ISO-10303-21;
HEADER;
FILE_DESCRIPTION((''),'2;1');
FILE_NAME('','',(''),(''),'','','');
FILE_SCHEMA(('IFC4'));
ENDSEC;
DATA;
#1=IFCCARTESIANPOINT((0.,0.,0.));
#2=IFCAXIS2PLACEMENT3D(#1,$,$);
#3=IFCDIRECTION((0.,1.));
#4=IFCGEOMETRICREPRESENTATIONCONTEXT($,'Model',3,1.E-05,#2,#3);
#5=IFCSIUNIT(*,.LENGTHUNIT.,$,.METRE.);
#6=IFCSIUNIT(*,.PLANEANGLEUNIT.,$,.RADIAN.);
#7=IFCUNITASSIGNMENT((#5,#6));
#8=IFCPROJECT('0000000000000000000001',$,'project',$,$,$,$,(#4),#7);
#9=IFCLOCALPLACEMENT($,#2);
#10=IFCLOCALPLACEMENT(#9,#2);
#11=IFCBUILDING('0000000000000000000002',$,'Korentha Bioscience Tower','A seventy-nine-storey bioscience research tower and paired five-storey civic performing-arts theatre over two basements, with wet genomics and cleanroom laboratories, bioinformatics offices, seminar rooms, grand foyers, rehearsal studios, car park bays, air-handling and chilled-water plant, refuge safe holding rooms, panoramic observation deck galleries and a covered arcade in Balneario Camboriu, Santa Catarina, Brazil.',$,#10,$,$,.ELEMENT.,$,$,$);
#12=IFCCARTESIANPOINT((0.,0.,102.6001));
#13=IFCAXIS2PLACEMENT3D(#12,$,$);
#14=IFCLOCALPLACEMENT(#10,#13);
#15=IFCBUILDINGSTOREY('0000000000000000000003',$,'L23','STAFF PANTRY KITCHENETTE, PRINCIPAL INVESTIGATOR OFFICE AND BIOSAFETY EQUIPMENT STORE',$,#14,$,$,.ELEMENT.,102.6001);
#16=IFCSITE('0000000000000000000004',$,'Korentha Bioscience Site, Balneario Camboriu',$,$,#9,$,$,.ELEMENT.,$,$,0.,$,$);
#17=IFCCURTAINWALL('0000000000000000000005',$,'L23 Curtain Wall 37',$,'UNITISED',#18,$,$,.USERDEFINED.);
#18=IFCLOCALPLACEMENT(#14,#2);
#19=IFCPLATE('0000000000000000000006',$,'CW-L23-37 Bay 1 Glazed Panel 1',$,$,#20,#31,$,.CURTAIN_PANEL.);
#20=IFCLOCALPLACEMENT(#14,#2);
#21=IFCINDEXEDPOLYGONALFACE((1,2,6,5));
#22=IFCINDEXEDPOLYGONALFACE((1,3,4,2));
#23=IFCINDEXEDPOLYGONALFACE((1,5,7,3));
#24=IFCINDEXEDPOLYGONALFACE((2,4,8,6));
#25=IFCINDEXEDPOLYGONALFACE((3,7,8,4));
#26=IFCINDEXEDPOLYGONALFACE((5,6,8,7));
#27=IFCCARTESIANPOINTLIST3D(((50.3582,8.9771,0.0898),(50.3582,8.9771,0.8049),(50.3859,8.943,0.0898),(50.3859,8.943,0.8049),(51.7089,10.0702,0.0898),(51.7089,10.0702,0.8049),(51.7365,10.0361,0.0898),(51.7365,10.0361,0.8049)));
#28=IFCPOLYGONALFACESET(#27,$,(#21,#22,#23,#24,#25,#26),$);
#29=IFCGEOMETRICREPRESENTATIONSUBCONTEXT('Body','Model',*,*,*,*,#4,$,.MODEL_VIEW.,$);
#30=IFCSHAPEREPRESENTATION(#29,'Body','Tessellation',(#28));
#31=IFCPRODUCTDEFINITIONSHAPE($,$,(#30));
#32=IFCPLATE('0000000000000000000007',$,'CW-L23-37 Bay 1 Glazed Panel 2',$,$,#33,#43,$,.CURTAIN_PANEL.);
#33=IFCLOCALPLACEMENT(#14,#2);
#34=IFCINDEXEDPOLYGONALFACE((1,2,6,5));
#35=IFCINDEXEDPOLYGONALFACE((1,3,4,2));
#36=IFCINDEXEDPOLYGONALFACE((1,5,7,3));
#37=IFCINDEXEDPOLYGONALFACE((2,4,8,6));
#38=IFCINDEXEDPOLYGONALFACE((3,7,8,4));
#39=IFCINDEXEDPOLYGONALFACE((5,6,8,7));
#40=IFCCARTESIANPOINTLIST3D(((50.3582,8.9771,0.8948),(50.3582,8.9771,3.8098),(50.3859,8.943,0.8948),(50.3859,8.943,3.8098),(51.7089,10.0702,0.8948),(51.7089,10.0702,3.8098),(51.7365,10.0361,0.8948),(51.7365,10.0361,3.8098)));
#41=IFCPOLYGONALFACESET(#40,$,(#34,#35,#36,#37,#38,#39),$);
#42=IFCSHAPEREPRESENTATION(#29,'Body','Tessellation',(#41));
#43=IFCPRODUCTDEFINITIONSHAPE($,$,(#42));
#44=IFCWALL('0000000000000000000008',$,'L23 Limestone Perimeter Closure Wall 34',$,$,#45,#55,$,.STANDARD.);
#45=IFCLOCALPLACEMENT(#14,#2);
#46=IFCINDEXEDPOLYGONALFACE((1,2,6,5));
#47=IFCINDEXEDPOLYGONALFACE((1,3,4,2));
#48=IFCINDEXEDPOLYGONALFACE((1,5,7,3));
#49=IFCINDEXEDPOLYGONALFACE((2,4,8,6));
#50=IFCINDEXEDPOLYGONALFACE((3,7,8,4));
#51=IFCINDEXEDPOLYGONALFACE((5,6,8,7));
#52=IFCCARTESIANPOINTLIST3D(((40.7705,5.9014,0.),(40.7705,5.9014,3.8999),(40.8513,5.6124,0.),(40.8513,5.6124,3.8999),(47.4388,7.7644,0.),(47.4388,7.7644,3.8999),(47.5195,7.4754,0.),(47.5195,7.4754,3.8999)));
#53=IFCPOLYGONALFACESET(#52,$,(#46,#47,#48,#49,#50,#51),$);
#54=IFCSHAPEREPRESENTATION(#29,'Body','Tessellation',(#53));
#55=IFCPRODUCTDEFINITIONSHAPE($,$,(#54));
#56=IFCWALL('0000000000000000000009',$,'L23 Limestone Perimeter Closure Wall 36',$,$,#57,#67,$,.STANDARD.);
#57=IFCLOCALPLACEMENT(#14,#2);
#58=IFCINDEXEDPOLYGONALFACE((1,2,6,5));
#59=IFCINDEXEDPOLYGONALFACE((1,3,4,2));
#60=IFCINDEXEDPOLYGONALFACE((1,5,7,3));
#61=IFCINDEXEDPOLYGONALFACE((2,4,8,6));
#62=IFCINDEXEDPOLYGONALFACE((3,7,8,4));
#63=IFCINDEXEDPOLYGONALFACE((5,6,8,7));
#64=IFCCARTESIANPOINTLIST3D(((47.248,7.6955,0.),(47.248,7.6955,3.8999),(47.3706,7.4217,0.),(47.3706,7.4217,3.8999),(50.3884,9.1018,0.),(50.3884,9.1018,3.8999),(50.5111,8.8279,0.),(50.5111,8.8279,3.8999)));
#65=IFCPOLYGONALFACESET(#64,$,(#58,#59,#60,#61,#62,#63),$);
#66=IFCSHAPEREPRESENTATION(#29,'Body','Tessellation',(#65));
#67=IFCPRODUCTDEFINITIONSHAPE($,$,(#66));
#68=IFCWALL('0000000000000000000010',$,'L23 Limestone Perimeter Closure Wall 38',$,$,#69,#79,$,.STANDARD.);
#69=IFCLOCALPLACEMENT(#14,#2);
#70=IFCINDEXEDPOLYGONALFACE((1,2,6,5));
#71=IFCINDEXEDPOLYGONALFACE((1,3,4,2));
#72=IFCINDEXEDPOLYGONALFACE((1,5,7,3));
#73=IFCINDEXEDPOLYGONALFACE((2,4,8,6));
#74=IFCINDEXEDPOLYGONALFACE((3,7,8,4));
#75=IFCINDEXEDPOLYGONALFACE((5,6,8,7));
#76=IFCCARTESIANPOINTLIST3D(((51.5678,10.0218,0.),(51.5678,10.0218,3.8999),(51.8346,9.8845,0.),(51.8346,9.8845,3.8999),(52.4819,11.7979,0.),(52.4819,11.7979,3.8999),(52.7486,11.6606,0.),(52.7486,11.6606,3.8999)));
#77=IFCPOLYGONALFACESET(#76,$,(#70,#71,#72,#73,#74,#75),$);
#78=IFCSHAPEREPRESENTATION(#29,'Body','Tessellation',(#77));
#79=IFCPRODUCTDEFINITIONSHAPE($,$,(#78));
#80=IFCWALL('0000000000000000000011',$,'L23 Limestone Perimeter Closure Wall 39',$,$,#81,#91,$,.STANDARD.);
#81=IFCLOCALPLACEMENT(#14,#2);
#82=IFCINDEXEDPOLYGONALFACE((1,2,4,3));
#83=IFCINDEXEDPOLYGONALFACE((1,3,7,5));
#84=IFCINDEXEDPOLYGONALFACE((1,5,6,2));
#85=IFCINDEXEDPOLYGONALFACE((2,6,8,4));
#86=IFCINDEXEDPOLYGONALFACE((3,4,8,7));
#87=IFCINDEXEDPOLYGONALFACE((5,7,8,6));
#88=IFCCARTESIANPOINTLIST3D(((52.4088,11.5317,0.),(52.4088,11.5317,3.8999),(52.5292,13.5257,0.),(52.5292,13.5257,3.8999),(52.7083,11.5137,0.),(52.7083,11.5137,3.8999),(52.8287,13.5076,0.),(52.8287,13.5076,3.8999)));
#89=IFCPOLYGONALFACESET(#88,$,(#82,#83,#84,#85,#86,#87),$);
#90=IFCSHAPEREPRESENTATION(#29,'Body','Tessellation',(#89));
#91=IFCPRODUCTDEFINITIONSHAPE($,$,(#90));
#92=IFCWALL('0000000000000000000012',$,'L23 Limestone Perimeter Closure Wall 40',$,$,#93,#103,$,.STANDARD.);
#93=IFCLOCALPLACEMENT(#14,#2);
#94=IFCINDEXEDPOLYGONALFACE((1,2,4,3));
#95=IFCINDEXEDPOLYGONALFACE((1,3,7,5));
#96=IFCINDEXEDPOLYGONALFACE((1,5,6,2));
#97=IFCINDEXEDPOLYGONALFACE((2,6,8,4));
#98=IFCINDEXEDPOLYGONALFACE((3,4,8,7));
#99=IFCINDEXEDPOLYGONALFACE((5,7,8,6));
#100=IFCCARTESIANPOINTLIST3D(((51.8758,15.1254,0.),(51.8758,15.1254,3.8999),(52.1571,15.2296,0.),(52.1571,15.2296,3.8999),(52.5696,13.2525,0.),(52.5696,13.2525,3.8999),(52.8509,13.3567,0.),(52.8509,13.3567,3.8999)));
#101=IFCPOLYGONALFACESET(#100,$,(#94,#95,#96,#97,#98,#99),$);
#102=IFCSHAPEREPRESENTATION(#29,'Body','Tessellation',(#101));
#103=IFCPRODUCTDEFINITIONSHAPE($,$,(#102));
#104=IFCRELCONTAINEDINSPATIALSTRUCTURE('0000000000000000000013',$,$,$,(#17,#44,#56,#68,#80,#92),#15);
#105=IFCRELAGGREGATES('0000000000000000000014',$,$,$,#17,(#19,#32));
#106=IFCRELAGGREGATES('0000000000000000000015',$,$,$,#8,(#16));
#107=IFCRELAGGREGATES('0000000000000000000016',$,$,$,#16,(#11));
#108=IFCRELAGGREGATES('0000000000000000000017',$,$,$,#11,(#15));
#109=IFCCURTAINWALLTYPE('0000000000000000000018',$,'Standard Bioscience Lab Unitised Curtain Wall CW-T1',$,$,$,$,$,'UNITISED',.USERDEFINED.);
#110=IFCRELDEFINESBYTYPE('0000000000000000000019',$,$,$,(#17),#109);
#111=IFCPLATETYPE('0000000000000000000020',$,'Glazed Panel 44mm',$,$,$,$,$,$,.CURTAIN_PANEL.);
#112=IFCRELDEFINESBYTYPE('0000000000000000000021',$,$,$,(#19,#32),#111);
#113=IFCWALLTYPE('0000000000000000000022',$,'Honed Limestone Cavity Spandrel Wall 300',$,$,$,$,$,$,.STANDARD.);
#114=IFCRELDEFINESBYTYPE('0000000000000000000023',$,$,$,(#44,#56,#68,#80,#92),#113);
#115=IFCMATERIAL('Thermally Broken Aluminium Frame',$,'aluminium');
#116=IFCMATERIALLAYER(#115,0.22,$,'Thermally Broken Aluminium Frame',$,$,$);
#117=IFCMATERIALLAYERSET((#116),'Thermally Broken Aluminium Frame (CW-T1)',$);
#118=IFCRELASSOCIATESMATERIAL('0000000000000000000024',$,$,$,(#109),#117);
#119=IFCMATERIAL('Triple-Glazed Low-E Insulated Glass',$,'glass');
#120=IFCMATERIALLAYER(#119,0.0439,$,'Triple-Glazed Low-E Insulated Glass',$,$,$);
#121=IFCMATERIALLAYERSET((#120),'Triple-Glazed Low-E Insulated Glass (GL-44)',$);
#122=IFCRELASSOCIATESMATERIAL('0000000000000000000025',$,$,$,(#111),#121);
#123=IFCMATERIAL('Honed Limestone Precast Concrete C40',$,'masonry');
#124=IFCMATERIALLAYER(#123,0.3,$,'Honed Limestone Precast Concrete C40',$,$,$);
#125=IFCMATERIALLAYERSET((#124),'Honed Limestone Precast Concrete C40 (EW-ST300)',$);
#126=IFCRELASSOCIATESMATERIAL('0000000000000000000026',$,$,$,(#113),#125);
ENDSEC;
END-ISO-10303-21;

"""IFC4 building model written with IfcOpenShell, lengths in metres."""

from ifc_helpers import new_model, si_unit, direction, frame, frame_2d, origin, origin_2d, place, context, subcontext, project, spatial, rectangle, extrude, material, layer, layer_set, type_object, element, aggregate, save


model = new_model("IFC4")

# Units and contexts
model_context = context("Model", 3, precision=1e-05, world=origin(), true_north=direction((0.0, 1.0)))
body_context = subcontext(model_context, "Body", "Model", "MODEL_VIEW")
ifc_project = project(units=[si_unit("LENGTHUNIT", "METRE"), si_unit("PLANEANGLEUNIT", "RADIAN")], contexts=[model_context])

# Site, building, storey
site_placement = place(None, origin())
site = spatial("IfcSite", under=ifc_project, at=site_placement, Name="Korentha Bioscience Site, Balneario Camboriu", CompositionType="ELEMENT", RefElevation=0.0)
building_placement = place(site_placement, origin())
building = spatial("IfcBuilding", under=site, at=building_placement, Name="Korentha Bioscience Tower", Description="A seventy-nine-storey bioscience research tower and paired five-storey civic performing-arts theatre over two basements, with wet genomics and cleanroom laboratories, bioinformatics offices, seminar rooms, grand foyers, rehearsal studios, car park bays, air-handling and chilled-water plant, refuge safe holding rooms, panoramic observation deck galleries and a covered arcade in Balneario Camboriu, Santa Catarina, Brazil.", CompositionType="ELEMENT")
storey_placement = place(building_placement, frame((0.0, 0.0, 102.6001)))
storey = spatial("IfcBuildingStorey", under=building, at=storey_placement, Name="L23", Description="STAFF PANTRY KITCHENETTE, PRINCIPAL INVESTIGATOR OFFICE AND BIOSAFETY EQUIPMENT STORE", CompositionType="ELEMENT", Elevation=102.6001)

# Curtain wall
ifc_material_1 = material(Name="Thermally Broken Aluminium Frame", Category="aluminium")
ifc_layer_1 = layer(ifc_material_1, 0.22, Name="Thermally Broken Aluminium Frame")
ifc_layer_set_1 = layer_set([ifc_layer_1], Name="Thermally Broken Aluminium Frame (CW-T1)")
curtain_wall_type = type_object("IfcCurtainWallType", Name="Standard Bioscience Lab Unitised Curtain Wall CW-T1", ElementType="UNITISED", PredefinedType="USERDEFINED", material=ifc_layer_set_1)
curtain_wall_placement = place(storey_placement, origin())
curtain_wall = element("IfcCurtainWall", 1, at=curtain_wall_placement, inside=storey, type_object=curtain_wall_type, Name="L23 Curtain Wall 37", ObjectType="UNITISED", PredefinedType="USERDEFINED")

# Plates
ifc_material_2 = material(Name="Triple-Glazed Low-E Insulated Glass", Category="glass")
ifc_layer_2 = layer(ifc_material_2, 0.0439, Name="Triple-Glazed Low-E Insulated Glass")
ifc_layer_set_2 = layer_set([ifc_layer_2], Name="Triple-Glazed Low-E Insulated Glass (GL-44)")
plate_type = type_object("IfcPlateType", Name="Glazed Panel 44mm", PredefinedType="CURTAIN_PANEL", material=ifc_layer_set_2)
plate_1_placement = place(storey_placement, frame((51.0474, 9.5066, 0.0898), z_axis=(0.0, 0.0, 1.0), x_axis=(0.777315, 0.629111, 0.0)))
plate_1 = element("IfcPlate", 2, at=plate_1_placement, type_object=plate_type, Name="CW-L23-37 Bay 1 Glazed Panel 1", PredefinedType="CURTAIN_PANEL", context=body_context, shape_type="SweptSolid", body=[
    extrude(rectangle(XDim=1.7375, YDim=0.0439, at=origin_2d()), origin(), (0.0, 0.0, 1.0), 0.7151),
])
plate_2_placement = place(storey_placement, frame((51.0474, 9.5066, 0.8948), z_axis=(0.0, 0.0, 1.0), x_axis=(0.777315, 0.629111, 0.0)))
plate_2 = element("IfcPlate", 3, at=plate_2_placement, type_object=plate_type, Name="CW-L23-37 Bay 1 Glazed Panel 2", PredefinedType="CURTAIN_PANEL", context=body_context, shape_type="SweptSolid", body=[
    extrude(rectangle(XDim=1.7375, YDim=0.0439, at=origin_2d()), origin(), (0.0, 0.0, 1.0), 2.915),
])
aggregate(curtain_wall, [plate_1, plate_2])

# Walls
ifc_material_3 = material(Name="Honed Limestone Precast Concrete C40", Category="masonry")
ifc_layer_3 = layer(ifc_material_3, 0.3, Name="Honed Limestone Precast Concrete C40")
ifc_layer_set_3 = layer_set([ifc_layer_3], Name="Honed Limestone Precast Concrete C40 (EW-ST300)")
wall_type = type_object("IfcWallType", Name="Honed Limestone Cavity Spandrel Wall 300", PredefinedType="STANDARD", material=ifc_layer_set_3)
wall_1_placement = place(storey_placement, frame((40.8108, 5.7568, 0.0), z_axis=(0.0, 0.0, 1.0), x_axis=(0.963116, 0.269086, 0.0)))
element("IfcWall", 4, at=wall_1_placement, inside=storey, type_object=wall_type, Name="L23 Limestone Perimeter Closure Wall 34", PredefinedType="STANDARD", context=body_context, shape_type="SweptSolid", body=[
    extrude(rectangle(XDim=6.9236, YDim=0.3, at=frame_2d((3.4619, 0.0))), origin(), (0.0, 0.0, 1.0), 3.8999),
])
wall_2_placement = place(storey_placement, frame((47.3093, 7.5586, 0.0), z_axis=(0.0, 0.0, 1.0), x_axis=(0.912673, 0.408691, 0.0)))
element("IfcWall", 5, at=wall_2_placement, inside=storey, type_object=wall_type, Name="L23 Limestone Perimeter Closure Wall 36", PredefinedType="STANDARD", context=body_context, shape_type="SweptSolid", body=[
    extrude(rectangle(XDim=3.4409, YDim=0.3, at=frame_2d((1.7205, 0.0))), origin(), (0.0, 0.0, 1.0), 3.8999),
])
for number, where, z_axis, x_axis, name in (
    (6, (51.7012, 9.9531, 0.0), (0.0, 0.0, 1.0), (0.457597, 0.88916, 0.0), "L23 Limestone Perimeter Closure Wall 38"),
    (7, (52.5586, 11.5227, 0.0), (0.0, 0.0, 1.0), (0.060255, 0.998183, 0.0), "L23 Limestone Perimeter Closure Wall 39"),
):
    element("IfcWall", number, at=place(storey_placement, frame(where, z_axis=z_axis, x_axis=x_axis)), inside=storey, type_object=wall_type, Name=name, PredefinedType="STANDARD", context=body_context, shape_type="SweptSolid", body=[
        extrude(rectangle(XDim=1.9976, YDim=0.3, at=frame_2d((0.9988, 0.0))), origin(), (0.0, 0.0, 1.0), 3.8999),
    ])
wall_3_placement = place(storey_placement, frame((52.7102, 13.3047, 0.0), z_axis=(0.0, 0.0, 1.0), x_axis=(-0.34737, 0.937728, 0.0)))
element("IfcWall", 8, at=wall_3_placement, inside=storey, type_object=wall_type, Name="L23 Limestone Perimeter Closure Wall 40", PredefinedType="STANDARD", context=body_context, shape_type="SweptSolid", body=[
    extrude(rectangle(XDim=1.9973, YDim=0.3, at=frame_2d((0.9985, 0.0))), origin(), (0.0, 0.0, 1.0), 3.8999),
])

save(model, "model.ifc")
